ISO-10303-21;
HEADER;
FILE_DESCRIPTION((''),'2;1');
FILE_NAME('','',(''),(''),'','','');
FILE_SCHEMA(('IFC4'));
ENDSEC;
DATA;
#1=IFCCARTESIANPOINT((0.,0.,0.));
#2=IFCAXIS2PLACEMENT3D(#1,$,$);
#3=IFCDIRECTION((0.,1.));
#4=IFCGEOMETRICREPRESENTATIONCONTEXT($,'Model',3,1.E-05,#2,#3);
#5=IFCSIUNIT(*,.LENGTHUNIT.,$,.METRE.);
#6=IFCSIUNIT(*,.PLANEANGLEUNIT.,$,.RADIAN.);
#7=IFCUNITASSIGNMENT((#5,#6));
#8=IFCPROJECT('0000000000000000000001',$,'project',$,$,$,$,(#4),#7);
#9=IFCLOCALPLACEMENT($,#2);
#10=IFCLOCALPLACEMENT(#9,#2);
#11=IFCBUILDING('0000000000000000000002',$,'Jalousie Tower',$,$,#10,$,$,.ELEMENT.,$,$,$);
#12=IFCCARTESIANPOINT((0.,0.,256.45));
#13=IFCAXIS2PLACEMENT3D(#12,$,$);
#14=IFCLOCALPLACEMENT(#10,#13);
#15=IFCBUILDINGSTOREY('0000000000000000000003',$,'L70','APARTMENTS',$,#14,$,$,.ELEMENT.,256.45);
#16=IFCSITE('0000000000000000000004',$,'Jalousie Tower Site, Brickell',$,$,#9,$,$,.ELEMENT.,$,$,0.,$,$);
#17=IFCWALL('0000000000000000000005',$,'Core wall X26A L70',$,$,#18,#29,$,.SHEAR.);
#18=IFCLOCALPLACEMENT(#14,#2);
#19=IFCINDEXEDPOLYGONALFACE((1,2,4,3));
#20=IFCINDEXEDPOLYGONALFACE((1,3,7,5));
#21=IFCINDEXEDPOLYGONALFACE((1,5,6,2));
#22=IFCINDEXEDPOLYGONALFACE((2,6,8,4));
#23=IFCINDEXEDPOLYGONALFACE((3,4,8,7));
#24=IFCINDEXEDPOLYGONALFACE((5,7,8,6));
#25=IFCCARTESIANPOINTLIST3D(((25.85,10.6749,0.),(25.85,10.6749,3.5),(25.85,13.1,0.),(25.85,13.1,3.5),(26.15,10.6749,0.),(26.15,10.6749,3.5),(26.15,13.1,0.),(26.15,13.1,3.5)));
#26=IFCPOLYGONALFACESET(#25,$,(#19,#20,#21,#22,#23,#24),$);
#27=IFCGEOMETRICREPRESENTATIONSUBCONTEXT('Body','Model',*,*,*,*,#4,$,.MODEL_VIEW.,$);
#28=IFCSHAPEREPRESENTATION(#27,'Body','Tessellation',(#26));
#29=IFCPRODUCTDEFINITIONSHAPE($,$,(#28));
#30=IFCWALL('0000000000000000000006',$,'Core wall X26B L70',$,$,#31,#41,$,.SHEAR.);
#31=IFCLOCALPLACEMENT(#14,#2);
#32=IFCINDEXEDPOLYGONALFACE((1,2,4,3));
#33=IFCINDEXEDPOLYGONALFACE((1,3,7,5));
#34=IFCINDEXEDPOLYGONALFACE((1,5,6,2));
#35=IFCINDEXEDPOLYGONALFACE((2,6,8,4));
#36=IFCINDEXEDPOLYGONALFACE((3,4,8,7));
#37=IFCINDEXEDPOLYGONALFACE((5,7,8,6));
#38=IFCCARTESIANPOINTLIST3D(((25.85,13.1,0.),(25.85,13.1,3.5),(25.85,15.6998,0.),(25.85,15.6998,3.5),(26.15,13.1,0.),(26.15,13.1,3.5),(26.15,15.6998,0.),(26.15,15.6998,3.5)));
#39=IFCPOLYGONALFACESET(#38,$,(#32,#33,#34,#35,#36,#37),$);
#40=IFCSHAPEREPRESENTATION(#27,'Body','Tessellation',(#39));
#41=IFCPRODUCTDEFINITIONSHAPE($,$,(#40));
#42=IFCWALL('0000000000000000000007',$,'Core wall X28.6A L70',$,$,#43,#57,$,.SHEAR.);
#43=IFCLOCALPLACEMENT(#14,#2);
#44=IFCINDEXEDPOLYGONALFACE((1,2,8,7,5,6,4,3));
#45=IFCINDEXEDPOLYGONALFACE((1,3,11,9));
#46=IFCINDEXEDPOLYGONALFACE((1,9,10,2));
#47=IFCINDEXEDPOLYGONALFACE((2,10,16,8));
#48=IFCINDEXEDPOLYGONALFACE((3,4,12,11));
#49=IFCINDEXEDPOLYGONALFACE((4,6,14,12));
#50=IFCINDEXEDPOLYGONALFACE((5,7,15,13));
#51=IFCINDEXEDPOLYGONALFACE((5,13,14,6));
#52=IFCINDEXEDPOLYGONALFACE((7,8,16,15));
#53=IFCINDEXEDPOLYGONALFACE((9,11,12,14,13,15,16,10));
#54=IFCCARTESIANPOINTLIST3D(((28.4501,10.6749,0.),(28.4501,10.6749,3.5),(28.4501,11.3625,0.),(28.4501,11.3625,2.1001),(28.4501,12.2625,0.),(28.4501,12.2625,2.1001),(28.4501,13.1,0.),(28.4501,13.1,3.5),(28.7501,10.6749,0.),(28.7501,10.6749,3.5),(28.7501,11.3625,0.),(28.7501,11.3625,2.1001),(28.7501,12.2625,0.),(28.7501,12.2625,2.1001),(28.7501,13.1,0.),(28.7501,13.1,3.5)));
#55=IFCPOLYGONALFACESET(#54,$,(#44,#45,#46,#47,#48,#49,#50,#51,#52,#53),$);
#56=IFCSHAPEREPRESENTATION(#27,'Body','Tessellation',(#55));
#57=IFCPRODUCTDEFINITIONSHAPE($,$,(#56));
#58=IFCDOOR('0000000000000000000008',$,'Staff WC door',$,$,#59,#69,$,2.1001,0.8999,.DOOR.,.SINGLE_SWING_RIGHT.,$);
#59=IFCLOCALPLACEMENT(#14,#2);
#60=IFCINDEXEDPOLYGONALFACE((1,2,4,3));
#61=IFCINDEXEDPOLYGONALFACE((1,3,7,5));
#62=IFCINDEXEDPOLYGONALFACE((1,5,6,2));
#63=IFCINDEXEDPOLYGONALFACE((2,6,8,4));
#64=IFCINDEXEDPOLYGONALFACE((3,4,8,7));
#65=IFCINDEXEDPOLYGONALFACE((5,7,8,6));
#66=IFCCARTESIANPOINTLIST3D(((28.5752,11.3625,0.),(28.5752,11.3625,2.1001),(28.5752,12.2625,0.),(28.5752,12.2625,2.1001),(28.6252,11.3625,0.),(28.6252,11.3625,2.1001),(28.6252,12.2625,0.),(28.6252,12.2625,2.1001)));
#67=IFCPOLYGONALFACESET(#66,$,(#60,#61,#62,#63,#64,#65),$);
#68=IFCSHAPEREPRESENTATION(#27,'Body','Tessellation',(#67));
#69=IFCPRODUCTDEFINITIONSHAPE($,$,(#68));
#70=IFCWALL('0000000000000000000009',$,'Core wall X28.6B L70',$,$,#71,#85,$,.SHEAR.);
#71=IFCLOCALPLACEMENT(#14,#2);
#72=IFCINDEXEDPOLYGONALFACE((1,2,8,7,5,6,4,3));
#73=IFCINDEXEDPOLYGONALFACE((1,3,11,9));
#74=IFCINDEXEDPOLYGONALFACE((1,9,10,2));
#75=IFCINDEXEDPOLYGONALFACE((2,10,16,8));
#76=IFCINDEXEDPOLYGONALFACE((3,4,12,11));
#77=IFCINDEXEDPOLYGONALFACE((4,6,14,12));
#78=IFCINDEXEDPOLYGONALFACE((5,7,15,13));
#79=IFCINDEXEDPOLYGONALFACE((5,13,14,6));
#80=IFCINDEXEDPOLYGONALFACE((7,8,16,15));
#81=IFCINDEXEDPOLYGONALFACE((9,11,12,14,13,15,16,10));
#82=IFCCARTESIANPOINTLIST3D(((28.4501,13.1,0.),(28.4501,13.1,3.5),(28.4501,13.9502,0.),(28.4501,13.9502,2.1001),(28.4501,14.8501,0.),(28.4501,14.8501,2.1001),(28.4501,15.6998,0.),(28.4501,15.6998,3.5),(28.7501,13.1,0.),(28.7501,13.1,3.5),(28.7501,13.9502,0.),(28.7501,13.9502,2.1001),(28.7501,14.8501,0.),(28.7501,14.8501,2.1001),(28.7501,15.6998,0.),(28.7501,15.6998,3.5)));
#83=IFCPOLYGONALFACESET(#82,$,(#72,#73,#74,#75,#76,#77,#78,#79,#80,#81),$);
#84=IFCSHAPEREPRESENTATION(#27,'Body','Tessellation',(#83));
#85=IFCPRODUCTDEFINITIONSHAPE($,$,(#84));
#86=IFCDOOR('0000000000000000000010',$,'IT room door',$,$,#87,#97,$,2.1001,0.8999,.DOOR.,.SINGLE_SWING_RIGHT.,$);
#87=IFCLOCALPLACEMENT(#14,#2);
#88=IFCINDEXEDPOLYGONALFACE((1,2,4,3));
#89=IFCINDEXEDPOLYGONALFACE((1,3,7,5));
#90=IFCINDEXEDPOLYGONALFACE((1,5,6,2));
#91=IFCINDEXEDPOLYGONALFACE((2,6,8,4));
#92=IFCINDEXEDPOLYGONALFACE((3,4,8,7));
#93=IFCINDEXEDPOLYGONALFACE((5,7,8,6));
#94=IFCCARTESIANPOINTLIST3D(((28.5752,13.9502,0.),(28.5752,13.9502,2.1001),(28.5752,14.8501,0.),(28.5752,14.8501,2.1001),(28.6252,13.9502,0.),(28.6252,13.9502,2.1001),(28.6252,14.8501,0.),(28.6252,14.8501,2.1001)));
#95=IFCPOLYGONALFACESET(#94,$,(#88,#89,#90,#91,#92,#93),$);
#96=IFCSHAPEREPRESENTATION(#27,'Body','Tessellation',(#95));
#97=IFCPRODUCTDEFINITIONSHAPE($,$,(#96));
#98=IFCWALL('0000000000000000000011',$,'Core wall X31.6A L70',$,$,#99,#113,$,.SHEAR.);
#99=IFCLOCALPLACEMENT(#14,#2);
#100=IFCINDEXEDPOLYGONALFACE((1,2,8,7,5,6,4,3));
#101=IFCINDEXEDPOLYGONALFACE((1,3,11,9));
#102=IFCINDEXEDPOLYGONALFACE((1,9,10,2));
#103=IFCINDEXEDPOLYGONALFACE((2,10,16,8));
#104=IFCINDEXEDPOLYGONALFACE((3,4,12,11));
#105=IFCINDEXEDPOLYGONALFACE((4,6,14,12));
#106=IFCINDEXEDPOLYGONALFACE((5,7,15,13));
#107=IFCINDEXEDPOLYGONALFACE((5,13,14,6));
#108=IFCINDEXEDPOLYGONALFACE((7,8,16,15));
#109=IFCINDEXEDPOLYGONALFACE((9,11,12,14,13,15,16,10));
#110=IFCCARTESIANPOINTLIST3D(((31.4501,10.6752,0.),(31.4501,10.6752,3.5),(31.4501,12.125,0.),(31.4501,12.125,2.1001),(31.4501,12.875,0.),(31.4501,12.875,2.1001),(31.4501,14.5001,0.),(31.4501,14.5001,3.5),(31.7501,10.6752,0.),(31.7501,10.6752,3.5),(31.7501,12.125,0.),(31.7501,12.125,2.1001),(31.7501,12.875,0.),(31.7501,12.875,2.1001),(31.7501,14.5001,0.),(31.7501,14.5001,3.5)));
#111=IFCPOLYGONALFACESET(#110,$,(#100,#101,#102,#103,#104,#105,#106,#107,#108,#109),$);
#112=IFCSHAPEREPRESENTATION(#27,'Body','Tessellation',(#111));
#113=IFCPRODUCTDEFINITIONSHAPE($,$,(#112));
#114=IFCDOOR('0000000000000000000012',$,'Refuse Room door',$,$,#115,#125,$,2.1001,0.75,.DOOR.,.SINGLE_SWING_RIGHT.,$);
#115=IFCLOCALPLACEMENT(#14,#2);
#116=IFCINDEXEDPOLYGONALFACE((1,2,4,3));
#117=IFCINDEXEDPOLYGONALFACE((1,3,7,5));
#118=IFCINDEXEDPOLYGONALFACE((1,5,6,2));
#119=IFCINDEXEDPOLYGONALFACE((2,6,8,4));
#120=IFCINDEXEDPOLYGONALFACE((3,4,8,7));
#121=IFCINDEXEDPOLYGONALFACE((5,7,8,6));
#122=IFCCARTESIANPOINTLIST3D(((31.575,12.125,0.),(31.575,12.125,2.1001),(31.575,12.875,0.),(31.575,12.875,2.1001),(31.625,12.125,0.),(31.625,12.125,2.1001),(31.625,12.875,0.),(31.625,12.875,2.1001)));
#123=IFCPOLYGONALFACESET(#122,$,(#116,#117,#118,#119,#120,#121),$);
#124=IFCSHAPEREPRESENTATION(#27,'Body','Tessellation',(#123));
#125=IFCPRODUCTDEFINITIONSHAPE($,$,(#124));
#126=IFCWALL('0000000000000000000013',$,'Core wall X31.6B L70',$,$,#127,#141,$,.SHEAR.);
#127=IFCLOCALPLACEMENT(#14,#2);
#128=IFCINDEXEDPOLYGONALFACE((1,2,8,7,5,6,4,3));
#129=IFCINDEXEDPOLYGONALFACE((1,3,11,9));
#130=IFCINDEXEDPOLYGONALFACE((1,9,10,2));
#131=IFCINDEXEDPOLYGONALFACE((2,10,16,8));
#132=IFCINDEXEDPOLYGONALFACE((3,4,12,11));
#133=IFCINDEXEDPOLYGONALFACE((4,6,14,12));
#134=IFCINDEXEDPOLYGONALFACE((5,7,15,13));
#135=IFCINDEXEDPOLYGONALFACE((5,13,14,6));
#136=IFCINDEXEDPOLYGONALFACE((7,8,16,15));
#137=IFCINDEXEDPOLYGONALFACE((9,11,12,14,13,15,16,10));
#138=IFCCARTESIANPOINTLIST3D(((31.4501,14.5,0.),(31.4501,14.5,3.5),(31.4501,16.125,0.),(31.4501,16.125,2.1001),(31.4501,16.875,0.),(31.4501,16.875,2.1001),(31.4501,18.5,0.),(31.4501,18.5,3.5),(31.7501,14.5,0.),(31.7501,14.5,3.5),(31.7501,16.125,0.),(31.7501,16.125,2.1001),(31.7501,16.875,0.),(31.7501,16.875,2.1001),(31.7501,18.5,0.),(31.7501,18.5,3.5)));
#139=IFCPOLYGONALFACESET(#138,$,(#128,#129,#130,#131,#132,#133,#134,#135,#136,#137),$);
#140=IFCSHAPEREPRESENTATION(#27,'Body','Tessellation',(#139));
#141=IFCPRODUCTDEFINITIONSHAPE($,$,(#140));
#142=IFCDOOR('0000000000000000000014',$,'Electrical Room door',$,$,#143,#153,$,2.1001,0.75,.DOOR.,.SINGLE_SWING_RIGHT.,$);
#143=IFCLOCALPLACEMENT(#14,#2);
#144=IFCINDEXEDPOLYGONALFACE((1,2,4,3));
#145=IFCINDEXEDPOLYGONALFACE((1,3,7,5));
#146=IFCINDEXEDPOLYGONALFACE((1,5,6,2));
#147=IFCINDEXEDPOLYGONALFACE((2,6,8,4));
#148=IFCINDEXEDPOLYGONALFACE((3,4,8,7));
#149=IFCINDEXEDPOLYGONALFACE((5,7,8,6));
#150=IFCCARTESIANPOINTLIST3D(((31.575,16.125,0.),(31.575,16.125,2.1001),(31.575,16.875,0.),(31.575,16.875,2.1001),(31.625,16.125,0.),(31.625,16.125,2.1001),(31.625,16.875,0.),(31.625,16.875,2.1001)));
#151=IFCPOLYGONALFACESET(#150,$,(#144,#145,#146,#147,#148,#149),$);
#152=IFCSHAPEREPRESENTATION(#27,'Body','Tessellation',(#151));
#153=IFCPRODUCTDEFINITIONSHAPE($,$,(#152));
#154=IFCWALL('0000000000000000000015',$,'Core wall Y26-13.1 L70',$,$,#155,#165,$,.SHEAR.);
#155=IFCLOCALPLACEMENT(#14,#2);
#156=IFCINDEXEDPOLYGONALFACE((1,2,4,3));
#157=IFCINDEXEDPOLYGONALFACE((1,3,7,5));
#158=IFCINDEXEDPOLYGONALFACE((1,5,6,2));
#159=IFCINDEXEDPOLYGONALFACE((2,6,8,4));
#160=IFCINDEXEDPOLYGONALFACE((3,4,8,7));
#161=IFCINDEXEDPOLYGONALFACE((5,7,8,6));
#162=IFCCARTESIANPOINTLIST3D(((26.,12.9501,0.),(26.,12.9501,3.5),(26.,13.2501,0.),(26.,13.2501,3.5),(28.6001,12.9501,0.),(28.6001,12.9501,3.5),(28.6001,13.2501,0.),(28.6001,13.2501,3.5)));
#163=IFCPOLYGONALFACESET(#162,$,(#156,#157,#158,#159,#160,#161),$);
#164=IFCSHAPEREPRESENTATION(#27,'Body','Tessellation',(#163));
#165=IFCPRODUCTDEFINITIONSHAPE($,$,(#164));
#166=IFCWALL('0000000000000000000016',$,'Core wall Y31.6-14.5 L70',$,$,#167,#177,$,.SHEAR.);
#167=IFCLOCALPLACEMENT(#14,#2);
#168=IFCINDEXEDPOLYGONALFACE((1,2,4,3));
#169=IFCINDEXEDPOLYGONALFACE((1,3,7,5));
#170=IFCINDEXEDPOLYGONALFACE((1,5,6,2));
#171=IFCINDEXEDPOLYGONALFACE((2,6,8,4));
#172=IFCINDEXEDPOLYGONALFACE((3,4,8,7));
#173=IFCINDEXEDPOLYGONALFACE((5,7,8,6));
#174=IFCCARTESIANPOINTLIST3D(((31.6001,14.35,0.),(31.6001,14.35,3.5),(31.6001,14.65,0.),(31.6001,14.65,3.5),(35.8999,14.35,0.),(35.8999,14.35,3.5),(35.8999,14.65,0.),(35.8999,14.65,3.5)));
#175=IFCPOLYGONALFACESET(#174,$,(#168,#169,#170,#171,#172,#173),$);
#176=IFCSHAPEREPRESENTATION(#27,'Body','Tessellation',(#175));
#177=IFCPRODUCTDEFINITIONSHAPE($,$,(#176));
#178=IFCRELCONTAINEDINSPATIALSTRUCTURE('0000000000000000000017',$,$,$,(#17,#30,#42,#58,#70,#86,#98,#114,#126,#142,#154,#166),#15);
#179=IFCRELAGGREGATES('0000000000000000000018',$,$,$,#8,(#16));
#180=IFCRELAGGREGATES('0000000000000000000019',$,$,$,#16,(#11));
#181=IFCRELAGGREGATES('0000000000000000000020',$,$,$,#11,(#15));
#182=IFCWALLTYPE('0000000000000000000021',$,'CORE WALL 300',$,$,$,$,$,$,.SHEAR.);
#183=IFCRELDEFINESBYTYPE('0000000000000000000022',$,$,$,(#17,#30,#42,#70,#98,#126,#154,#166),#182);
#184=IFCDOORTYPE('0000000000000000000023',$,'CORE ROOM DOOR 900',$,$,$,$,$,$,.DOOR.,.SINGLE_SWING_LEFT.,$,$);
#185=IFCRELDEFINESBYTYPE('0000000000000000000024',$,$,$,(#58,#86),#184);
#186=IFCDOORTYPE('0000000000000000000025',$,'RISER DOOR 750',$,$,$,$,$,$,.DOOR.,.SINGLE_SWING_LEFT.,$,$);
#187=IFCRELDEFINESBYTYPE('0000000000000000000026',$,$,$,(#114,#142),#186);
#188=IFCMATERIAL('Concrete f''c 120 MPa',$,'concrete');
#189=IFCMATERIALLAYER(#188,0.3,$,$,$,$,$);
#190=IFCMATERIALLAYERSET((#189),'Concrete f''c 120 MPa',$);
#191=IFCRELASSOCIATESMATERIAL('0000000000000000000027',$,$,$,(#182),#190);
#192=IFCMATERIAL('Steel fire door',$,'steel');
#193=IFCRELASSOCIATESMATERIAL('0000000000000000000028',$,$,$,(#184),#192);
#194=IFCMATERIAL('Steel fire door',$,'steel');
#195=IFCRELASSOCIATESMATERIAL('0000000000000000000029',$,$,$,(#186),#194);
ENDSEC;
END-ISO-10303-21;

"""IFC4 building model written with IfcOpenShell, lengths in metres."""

from ifc_helpers import new_model, si_unit, direction, frame, frame_2d, origin, place, context, subcontext, project, spatial, rectangle, extrude, material, layer, layer_set, type_object, element, fill, save


model = new_model("IFC4")

# Units and contexts
model_context = context("Model", 3, precision=1e-05, world=origin(), true_north=direction((0.0, 1.0)))
body_context = subcontext(model_context, "Body", "Model", "MODEL_VIEW")
ifc_project = project(units=[si_unit("LENGTHUNIT", "METRE"), si_unit("PLANEANGLEUNIT", "RADIAN")], contexts=[model_context])

# Site, building, storey
site_placement = place(None, origin())
site = spatial("IfcSite", under=ifc_project, at=site_placement, Name="Jalousie Tower Site, Brickell", CompositionType="ELEMENT", RefElevation=0.0)
building_placement = place(site_placement, origin())
building = spatial("IfcBuilding", under=site, at=building_placement, Name="Jalousie Tower", CompositionType="ELEMENT")
storey_placement = place(building_placement, frame((0.0, 0.0, 256.45)))
storey = spatial("IfcBuildingStorey", under=building, at=storey_placement, Name="L70", Description="APARTMENTS", CompositionType="ELEMENT", Elevation=256.45)

# Walls
ifc_material_1 = material(Name="Concrete f'c 120 MPa", Category="concrete")
ifc_layer_1 = layer(ifc_material_1, 0.3)
ifc_layer_set_1 = layer_set([ifc_layer_1], Name="Concrete f'c 120 MPa")
wall_type_1 = type_object("IfcWallType", Name="CORE WALL 300", PredefinedType="SHEAR", material=ifc_layer_set_1)
wall_1_placement = place(storey_placement, frame((26.0, 10.675, 0.0), z_axis=(0.0, 0.0, 1.0), x_axis=(0.0, 1.0, 0.0)))
element("IfcWall", 1, at=wall_1_placement, inside=storey, type_object=wall_type_1, Name="Core wall X26A L70", PredefinedType="SHEAR", context=body_context, shape_type="SweptSolid", body=[
    extrude(rectangle(XDim=2.425, YDim=0.3, at=frame_2d((1.2124, 0.0))), origin(), (0.0, 0.0, 1.0), 3.5),
])
wall_2_placement = place(storey_placement, frame((26.0, 13.1001, 0.0), z_axis=(0.0, 0.0, 1.0), x_axis=(0.0, 1.0, 0.0)))
element("IfcWall", 2, at=wall_2_placement, inside=storey, type_object=wall_type_1, Name="Core wall X26B L70", PredefinedType="SHEAR", context=body_context, shape_type="SweptSolid", body=[
    extrude(rectangle(XDim=2.5999, YDim=0.3, at=frame_2d((1.2998, 0.0))), origin(), (0.0, 0.0, 1.0), 3.5),
])

# Walls, openings, doors
wall_3_placement = place(storey_placement, frame((28.6001, 10.675, 0.0), z_axis=(0.0, 0.0, 1.0), x_axis=(0.0, 1.0, 0.0)))
wall_3 = element("IfcWall", 3, at=wall_3_placement, inside=storey, type_object=wall_type_1, Name="Core wall X28.6A L70", PredefinedType="SHEAR", context=body_context, shape_type="SweptSolid", body=[
    extrude(rectangle(XDim=2.425, YDim=0.3, at=frame_2d((1.2124, 0.0))), origin(), (0.0, 0.0, 1.0), 3.5),
])
opening_1_placement = place(wall_3_placement, frame((0.6875, 0.0, 0.0)))
opening_1 = element("IfcOpeningElement", 4, at=opening_1_placement, cuts=wall_3, PredefinedType="OPENING", context=body_context, shape_type="SweptSolid", body=[
    extrude(rectangle(XDim=0.8999, YDim=2.1001, at=frame_2d((0.45, 1.05))), frame((0.0, 0.1599, 0.0), z_axis=(0.0, -1.0, 0.0), x_axis=(1.0, 0.0, 0.0)), (0.0, 0.0, 1.0), 0.3201),
])
ifc_material_2 = material(Name="Steel fire door", Category="steel")
door_type_1 = type_object("IfcDoorType", Name="CORE ROOM DOOR 900", OperationType="SINGLE_SWING_LEFT", PredefinedType="DOOR", material=ifc_material_2)
door_1_placement = place(opening_1_placement, origin())
door_1 = element("IfcDoor", 5, at=door_1_placement, inside=storey, type_object=door_type_1, Name="Staff WC door", OperationType="SINGLE_SWING_RIGHT", OverallHeight=2.1001, OverallWidth=0.8999, PredefinedType="DOOR", context=body_context, shape_type="SweptSolid", body=[
    extrude(rectangle(XDim=0.8999, YDim=2.1001, at=frame_2d((0.45, 1.05))), frame((0.0, 0.0249, 0.0), z_axis=(0.0, -1.0, 0.0), x_axis=(1.0, 0.0, 0.0)), (0.0, 0.0, 1.0), 0.05),
])
fill(opening_1, door_1)
wall_4_placement = place(storey_placement, frame((28.6001, 13.1001, 0.0), z_axis=(0.0, 0.0, 1.0), x_axis=(0.0, 1.0, 0.0)))
wall_4 = element("IfcWall", 6, at=wall_4_placement, inside=storey, type_object=wall_type_1, Name="Core wall X28.6B L70", PredefinedType="SHEAR", context=body_context, shape_type="SweptSolid", body=[
    extrude(rectangle(XDim=2.5999, YDim=0.3, at=frame_2d((1.2998, 0.0))), origin(), (0.0, 0.0, 1.0), 3.5),
])
opening_2_placement = place(wall_4_placement, frame((0.8501, 0.0, 0.0)))
opening_2 = element("IfcOpeningElement", 7, at=opening_2_placement, cuts=wall_4, PredefinedType="OPENING", context=body_context, shape_type="SweptSolid", body=[
    extrude(rectangle(XDim=0.8999, YDim=2.1001, at=frame_2d((0.45, 1.05))), frame((0.0, 0.1599, 0.0), z_axis=(0.0, -1.0, 0.0), x_axis=(1.0, 0.0, 0.0)), (0.0, 0.0, 1.0), 0.3201),
])
door_2_placement = place(opening_2_placement, origin())
door_2 = element("IfcDoor", 8, at=door_2_placement, inside=storey, type_object=door_type_1, Name="IT room door", OperationType="SINGLE_SWING_RIGHT", OverallHeight=2.1001, OverallWidth=0.8999, PredefinedType="DOOR", context=body_context, shape_type="SweptSolid", body=[
    extrude(rectangle(XDim=0.8999, YDim=2.1001, at=frame_2d((0.45, 1.05))), frame((0.0, 0.0249, 0.0), z_axis=(0.0, -1.0, 0.0), x_axis=(1.0, 0.0, 0.0)), (0.0, 0.0, 1.0), 0.05),
])
fill(opening_2, door_2)
wall_5_placement = place(storey_placement, frame((31.6001, 10.675, 0.0), z_axis=(0.0, 0.0, 1.0), x_axis=(0.0, 1.0, 0.0)))
wall_5 = element("IfcWall", 9, at=wall_5_placement, inside=storey, type_object=wall_type_1, Name="Core wall X31.6A L70", PredefinedType="SHEAR", context=body_context, shape_type="SweptSolid", body=[
    extrude(rectangle(XDim=3.825, YDim=0.3, at=frame_2d((1.9126, 0.0))), origin(), (0.0, 0.0, 1.0), 3.5),
])
opening_3_placement = place(wall_5_placement, frame((1.45, 0.0, 0.0)))
opening_3 = element("IfcOpeningElement", 10, at=opening_3_placement, cuts=wall_5, PredefinedType="OPENING", context=body_context, shape_type="SweptSolid", body=[
    extrude(rectangle(XDim=0.75, YDim=2.1001, at=frame_2d((0.375, 1.05))), frame((0.0, 0.1599, 0.0), z_axis=(0.0, -1.0, 0.0), x_axis=(1.0, 0.0, 0.0)), (0.0, 0.0, 1.0), 0.3201),
])
ifc_material_3 = material(Name="Steel fire door", Category="steel")
door_type_2 = type_object("IfcDoorType", Name="RISER DOOR 750", OperationType="SINGLE_SWING_LEFT", PredefinedType="DOOR", material=ifc_material_3)
door_3_placement = place(opening_3_placement, frame((0.75, 0.0, 0.0), z_axis=(0.0, 0.0, 1.0), x_axis=(-1.0, 0.0, 0.0)))
door_3 = element("IfcDoor", 11, at=door_3_placement, inside=storey, type_object=door_type_2, Name="Refuse Room door", OperationType="SINGLE_SWING_RIGHT", OverallHeight=2.1001, OverallWidth=0.75, PredefinedType="DOOR", context=body_context, shape_type="SweptSolid", body=[
    extrude(rectangle(XDim=0.75, YDim=2.1001, at=frame_2d((0.375, 1.05))), frame((0.0, 0.0249, 0.0), z_axis=(0.0, -1.0, 0.0), x_axis=(1.0, 0.0, 0.0)), (0.0, 0.0, 1.0), 0.05),
])
fill(opening_3, door_3)
wall_6_placement = place(storey_placement, frame((31.6001, 14.5, 0.0), z_axis=(0.0, 0.0, 1.0), x_axis=(0.0, 1.0, 0.0)))
wall_6 = element("IfcWall", 12, at=wall_6_placement, inside=storey, type_object=wall_type_1, Name="Core wall X31.6B L70", PredefinedType="SHEAR", context=body_context, shape_type="SweptSolid", body=[
    extrude(rectangle(XDim=4.0, YDim=0.3, at=frame_2d((2.0, 0.0))), origin(), (0.0, 0.0, 1.0), 3.5),
])
opening_4_placement = place(wall_6_placement, frame((1.625, 0.0, 0.0)))
opening_4 = element("IfcOpeningElement", 13, at=opening_4_placement, cuts=wall_6, PredefinedType="OPENING", context=body_context, shape_type="SweptSolid", body=[
    extrude(rectangle(XDim=0.75, YDim=2.1001, at=frame_2d((0.375, 1.05))), frame((0.0, 0.1599, 0.0), z_axis=(0.0, -1.0, 0.0), x_axis=(1.0, 0.0, 0.0)), (0.0, 0.0, 1.0), 0.3201),
])
door_4_placement = place(opening_4_placement, frame((0.75, 0.0, 0.0), z_axis=(0.0, 0.0, 1.0), x_axis=(-1.0, 0.0, 0.0)))
door_4 = element("IfcDoor", 14, at=door_4_placement, inside=storey, type_object=door_type_2, Name="Electrical Room door", OperationType="SINGLE_SWING_RIGHT", OverallHeight=2.1001, OverallWidth=0.75, PredefinedType="DOOR", context=body_context, shape_type="SweptSolid", body=[
    extrude(rectangle(XDim=0.75, YDim=2.1001, at=frame_2d((0.375, 1.05))), frame((0.0, 0.0249, 0.0), z_axis=(0.0, -1.0, 0.0), x_axis=(1.0, 0.0, 0.0)), (0.0, 0.0, 1.0), 0.05),
])
fill(opening_4, door_4)

# Walls
wall_7_placement = place(storey_placement, frame((26.0, 13.1001, 0.0), z_axis=(0.0, 0.0, 1.0), x_axis=(1.0, 0.0, 0.0)))
element("IfcWall", 15, at=wall_7_placement, inside=storey, type_object=wall_type_1, Name="Core wall Y26-13.1 L70", PredefinedType="SHEAR", context=body_context, shape_type="SweptSolid", body=[
    extrude(rectangle(XDim=2.6001, YDim=0.3, at=frame_2d((1.3, 0.0))), origin(), (0.0, 0.0, 1.0), 3.5),
])
wall_8_placement = place(storey_placement, frame((31.6001, 14.5, 0.0), z_axis=(0.0, 0.0, 1.0), x_axis=(1.0, 0.0, 0.0)))
element("IfcWall", 16, at=wall_8_placement, inside=storey, type_object=wall_type_1, Name="Core wall Y31.6-14.5 L70", PredefinedType="SHEAR", context=body_context, shape_type="SweptSolid", body=[
    extrude(rectangle(XDim=4.2998, YDim=0.3, at=frame_2d((2.1499, 0.0))), origin(), (0.0, 0.0, 1.0), 3.5),
])

save(model, "model.ifc")
